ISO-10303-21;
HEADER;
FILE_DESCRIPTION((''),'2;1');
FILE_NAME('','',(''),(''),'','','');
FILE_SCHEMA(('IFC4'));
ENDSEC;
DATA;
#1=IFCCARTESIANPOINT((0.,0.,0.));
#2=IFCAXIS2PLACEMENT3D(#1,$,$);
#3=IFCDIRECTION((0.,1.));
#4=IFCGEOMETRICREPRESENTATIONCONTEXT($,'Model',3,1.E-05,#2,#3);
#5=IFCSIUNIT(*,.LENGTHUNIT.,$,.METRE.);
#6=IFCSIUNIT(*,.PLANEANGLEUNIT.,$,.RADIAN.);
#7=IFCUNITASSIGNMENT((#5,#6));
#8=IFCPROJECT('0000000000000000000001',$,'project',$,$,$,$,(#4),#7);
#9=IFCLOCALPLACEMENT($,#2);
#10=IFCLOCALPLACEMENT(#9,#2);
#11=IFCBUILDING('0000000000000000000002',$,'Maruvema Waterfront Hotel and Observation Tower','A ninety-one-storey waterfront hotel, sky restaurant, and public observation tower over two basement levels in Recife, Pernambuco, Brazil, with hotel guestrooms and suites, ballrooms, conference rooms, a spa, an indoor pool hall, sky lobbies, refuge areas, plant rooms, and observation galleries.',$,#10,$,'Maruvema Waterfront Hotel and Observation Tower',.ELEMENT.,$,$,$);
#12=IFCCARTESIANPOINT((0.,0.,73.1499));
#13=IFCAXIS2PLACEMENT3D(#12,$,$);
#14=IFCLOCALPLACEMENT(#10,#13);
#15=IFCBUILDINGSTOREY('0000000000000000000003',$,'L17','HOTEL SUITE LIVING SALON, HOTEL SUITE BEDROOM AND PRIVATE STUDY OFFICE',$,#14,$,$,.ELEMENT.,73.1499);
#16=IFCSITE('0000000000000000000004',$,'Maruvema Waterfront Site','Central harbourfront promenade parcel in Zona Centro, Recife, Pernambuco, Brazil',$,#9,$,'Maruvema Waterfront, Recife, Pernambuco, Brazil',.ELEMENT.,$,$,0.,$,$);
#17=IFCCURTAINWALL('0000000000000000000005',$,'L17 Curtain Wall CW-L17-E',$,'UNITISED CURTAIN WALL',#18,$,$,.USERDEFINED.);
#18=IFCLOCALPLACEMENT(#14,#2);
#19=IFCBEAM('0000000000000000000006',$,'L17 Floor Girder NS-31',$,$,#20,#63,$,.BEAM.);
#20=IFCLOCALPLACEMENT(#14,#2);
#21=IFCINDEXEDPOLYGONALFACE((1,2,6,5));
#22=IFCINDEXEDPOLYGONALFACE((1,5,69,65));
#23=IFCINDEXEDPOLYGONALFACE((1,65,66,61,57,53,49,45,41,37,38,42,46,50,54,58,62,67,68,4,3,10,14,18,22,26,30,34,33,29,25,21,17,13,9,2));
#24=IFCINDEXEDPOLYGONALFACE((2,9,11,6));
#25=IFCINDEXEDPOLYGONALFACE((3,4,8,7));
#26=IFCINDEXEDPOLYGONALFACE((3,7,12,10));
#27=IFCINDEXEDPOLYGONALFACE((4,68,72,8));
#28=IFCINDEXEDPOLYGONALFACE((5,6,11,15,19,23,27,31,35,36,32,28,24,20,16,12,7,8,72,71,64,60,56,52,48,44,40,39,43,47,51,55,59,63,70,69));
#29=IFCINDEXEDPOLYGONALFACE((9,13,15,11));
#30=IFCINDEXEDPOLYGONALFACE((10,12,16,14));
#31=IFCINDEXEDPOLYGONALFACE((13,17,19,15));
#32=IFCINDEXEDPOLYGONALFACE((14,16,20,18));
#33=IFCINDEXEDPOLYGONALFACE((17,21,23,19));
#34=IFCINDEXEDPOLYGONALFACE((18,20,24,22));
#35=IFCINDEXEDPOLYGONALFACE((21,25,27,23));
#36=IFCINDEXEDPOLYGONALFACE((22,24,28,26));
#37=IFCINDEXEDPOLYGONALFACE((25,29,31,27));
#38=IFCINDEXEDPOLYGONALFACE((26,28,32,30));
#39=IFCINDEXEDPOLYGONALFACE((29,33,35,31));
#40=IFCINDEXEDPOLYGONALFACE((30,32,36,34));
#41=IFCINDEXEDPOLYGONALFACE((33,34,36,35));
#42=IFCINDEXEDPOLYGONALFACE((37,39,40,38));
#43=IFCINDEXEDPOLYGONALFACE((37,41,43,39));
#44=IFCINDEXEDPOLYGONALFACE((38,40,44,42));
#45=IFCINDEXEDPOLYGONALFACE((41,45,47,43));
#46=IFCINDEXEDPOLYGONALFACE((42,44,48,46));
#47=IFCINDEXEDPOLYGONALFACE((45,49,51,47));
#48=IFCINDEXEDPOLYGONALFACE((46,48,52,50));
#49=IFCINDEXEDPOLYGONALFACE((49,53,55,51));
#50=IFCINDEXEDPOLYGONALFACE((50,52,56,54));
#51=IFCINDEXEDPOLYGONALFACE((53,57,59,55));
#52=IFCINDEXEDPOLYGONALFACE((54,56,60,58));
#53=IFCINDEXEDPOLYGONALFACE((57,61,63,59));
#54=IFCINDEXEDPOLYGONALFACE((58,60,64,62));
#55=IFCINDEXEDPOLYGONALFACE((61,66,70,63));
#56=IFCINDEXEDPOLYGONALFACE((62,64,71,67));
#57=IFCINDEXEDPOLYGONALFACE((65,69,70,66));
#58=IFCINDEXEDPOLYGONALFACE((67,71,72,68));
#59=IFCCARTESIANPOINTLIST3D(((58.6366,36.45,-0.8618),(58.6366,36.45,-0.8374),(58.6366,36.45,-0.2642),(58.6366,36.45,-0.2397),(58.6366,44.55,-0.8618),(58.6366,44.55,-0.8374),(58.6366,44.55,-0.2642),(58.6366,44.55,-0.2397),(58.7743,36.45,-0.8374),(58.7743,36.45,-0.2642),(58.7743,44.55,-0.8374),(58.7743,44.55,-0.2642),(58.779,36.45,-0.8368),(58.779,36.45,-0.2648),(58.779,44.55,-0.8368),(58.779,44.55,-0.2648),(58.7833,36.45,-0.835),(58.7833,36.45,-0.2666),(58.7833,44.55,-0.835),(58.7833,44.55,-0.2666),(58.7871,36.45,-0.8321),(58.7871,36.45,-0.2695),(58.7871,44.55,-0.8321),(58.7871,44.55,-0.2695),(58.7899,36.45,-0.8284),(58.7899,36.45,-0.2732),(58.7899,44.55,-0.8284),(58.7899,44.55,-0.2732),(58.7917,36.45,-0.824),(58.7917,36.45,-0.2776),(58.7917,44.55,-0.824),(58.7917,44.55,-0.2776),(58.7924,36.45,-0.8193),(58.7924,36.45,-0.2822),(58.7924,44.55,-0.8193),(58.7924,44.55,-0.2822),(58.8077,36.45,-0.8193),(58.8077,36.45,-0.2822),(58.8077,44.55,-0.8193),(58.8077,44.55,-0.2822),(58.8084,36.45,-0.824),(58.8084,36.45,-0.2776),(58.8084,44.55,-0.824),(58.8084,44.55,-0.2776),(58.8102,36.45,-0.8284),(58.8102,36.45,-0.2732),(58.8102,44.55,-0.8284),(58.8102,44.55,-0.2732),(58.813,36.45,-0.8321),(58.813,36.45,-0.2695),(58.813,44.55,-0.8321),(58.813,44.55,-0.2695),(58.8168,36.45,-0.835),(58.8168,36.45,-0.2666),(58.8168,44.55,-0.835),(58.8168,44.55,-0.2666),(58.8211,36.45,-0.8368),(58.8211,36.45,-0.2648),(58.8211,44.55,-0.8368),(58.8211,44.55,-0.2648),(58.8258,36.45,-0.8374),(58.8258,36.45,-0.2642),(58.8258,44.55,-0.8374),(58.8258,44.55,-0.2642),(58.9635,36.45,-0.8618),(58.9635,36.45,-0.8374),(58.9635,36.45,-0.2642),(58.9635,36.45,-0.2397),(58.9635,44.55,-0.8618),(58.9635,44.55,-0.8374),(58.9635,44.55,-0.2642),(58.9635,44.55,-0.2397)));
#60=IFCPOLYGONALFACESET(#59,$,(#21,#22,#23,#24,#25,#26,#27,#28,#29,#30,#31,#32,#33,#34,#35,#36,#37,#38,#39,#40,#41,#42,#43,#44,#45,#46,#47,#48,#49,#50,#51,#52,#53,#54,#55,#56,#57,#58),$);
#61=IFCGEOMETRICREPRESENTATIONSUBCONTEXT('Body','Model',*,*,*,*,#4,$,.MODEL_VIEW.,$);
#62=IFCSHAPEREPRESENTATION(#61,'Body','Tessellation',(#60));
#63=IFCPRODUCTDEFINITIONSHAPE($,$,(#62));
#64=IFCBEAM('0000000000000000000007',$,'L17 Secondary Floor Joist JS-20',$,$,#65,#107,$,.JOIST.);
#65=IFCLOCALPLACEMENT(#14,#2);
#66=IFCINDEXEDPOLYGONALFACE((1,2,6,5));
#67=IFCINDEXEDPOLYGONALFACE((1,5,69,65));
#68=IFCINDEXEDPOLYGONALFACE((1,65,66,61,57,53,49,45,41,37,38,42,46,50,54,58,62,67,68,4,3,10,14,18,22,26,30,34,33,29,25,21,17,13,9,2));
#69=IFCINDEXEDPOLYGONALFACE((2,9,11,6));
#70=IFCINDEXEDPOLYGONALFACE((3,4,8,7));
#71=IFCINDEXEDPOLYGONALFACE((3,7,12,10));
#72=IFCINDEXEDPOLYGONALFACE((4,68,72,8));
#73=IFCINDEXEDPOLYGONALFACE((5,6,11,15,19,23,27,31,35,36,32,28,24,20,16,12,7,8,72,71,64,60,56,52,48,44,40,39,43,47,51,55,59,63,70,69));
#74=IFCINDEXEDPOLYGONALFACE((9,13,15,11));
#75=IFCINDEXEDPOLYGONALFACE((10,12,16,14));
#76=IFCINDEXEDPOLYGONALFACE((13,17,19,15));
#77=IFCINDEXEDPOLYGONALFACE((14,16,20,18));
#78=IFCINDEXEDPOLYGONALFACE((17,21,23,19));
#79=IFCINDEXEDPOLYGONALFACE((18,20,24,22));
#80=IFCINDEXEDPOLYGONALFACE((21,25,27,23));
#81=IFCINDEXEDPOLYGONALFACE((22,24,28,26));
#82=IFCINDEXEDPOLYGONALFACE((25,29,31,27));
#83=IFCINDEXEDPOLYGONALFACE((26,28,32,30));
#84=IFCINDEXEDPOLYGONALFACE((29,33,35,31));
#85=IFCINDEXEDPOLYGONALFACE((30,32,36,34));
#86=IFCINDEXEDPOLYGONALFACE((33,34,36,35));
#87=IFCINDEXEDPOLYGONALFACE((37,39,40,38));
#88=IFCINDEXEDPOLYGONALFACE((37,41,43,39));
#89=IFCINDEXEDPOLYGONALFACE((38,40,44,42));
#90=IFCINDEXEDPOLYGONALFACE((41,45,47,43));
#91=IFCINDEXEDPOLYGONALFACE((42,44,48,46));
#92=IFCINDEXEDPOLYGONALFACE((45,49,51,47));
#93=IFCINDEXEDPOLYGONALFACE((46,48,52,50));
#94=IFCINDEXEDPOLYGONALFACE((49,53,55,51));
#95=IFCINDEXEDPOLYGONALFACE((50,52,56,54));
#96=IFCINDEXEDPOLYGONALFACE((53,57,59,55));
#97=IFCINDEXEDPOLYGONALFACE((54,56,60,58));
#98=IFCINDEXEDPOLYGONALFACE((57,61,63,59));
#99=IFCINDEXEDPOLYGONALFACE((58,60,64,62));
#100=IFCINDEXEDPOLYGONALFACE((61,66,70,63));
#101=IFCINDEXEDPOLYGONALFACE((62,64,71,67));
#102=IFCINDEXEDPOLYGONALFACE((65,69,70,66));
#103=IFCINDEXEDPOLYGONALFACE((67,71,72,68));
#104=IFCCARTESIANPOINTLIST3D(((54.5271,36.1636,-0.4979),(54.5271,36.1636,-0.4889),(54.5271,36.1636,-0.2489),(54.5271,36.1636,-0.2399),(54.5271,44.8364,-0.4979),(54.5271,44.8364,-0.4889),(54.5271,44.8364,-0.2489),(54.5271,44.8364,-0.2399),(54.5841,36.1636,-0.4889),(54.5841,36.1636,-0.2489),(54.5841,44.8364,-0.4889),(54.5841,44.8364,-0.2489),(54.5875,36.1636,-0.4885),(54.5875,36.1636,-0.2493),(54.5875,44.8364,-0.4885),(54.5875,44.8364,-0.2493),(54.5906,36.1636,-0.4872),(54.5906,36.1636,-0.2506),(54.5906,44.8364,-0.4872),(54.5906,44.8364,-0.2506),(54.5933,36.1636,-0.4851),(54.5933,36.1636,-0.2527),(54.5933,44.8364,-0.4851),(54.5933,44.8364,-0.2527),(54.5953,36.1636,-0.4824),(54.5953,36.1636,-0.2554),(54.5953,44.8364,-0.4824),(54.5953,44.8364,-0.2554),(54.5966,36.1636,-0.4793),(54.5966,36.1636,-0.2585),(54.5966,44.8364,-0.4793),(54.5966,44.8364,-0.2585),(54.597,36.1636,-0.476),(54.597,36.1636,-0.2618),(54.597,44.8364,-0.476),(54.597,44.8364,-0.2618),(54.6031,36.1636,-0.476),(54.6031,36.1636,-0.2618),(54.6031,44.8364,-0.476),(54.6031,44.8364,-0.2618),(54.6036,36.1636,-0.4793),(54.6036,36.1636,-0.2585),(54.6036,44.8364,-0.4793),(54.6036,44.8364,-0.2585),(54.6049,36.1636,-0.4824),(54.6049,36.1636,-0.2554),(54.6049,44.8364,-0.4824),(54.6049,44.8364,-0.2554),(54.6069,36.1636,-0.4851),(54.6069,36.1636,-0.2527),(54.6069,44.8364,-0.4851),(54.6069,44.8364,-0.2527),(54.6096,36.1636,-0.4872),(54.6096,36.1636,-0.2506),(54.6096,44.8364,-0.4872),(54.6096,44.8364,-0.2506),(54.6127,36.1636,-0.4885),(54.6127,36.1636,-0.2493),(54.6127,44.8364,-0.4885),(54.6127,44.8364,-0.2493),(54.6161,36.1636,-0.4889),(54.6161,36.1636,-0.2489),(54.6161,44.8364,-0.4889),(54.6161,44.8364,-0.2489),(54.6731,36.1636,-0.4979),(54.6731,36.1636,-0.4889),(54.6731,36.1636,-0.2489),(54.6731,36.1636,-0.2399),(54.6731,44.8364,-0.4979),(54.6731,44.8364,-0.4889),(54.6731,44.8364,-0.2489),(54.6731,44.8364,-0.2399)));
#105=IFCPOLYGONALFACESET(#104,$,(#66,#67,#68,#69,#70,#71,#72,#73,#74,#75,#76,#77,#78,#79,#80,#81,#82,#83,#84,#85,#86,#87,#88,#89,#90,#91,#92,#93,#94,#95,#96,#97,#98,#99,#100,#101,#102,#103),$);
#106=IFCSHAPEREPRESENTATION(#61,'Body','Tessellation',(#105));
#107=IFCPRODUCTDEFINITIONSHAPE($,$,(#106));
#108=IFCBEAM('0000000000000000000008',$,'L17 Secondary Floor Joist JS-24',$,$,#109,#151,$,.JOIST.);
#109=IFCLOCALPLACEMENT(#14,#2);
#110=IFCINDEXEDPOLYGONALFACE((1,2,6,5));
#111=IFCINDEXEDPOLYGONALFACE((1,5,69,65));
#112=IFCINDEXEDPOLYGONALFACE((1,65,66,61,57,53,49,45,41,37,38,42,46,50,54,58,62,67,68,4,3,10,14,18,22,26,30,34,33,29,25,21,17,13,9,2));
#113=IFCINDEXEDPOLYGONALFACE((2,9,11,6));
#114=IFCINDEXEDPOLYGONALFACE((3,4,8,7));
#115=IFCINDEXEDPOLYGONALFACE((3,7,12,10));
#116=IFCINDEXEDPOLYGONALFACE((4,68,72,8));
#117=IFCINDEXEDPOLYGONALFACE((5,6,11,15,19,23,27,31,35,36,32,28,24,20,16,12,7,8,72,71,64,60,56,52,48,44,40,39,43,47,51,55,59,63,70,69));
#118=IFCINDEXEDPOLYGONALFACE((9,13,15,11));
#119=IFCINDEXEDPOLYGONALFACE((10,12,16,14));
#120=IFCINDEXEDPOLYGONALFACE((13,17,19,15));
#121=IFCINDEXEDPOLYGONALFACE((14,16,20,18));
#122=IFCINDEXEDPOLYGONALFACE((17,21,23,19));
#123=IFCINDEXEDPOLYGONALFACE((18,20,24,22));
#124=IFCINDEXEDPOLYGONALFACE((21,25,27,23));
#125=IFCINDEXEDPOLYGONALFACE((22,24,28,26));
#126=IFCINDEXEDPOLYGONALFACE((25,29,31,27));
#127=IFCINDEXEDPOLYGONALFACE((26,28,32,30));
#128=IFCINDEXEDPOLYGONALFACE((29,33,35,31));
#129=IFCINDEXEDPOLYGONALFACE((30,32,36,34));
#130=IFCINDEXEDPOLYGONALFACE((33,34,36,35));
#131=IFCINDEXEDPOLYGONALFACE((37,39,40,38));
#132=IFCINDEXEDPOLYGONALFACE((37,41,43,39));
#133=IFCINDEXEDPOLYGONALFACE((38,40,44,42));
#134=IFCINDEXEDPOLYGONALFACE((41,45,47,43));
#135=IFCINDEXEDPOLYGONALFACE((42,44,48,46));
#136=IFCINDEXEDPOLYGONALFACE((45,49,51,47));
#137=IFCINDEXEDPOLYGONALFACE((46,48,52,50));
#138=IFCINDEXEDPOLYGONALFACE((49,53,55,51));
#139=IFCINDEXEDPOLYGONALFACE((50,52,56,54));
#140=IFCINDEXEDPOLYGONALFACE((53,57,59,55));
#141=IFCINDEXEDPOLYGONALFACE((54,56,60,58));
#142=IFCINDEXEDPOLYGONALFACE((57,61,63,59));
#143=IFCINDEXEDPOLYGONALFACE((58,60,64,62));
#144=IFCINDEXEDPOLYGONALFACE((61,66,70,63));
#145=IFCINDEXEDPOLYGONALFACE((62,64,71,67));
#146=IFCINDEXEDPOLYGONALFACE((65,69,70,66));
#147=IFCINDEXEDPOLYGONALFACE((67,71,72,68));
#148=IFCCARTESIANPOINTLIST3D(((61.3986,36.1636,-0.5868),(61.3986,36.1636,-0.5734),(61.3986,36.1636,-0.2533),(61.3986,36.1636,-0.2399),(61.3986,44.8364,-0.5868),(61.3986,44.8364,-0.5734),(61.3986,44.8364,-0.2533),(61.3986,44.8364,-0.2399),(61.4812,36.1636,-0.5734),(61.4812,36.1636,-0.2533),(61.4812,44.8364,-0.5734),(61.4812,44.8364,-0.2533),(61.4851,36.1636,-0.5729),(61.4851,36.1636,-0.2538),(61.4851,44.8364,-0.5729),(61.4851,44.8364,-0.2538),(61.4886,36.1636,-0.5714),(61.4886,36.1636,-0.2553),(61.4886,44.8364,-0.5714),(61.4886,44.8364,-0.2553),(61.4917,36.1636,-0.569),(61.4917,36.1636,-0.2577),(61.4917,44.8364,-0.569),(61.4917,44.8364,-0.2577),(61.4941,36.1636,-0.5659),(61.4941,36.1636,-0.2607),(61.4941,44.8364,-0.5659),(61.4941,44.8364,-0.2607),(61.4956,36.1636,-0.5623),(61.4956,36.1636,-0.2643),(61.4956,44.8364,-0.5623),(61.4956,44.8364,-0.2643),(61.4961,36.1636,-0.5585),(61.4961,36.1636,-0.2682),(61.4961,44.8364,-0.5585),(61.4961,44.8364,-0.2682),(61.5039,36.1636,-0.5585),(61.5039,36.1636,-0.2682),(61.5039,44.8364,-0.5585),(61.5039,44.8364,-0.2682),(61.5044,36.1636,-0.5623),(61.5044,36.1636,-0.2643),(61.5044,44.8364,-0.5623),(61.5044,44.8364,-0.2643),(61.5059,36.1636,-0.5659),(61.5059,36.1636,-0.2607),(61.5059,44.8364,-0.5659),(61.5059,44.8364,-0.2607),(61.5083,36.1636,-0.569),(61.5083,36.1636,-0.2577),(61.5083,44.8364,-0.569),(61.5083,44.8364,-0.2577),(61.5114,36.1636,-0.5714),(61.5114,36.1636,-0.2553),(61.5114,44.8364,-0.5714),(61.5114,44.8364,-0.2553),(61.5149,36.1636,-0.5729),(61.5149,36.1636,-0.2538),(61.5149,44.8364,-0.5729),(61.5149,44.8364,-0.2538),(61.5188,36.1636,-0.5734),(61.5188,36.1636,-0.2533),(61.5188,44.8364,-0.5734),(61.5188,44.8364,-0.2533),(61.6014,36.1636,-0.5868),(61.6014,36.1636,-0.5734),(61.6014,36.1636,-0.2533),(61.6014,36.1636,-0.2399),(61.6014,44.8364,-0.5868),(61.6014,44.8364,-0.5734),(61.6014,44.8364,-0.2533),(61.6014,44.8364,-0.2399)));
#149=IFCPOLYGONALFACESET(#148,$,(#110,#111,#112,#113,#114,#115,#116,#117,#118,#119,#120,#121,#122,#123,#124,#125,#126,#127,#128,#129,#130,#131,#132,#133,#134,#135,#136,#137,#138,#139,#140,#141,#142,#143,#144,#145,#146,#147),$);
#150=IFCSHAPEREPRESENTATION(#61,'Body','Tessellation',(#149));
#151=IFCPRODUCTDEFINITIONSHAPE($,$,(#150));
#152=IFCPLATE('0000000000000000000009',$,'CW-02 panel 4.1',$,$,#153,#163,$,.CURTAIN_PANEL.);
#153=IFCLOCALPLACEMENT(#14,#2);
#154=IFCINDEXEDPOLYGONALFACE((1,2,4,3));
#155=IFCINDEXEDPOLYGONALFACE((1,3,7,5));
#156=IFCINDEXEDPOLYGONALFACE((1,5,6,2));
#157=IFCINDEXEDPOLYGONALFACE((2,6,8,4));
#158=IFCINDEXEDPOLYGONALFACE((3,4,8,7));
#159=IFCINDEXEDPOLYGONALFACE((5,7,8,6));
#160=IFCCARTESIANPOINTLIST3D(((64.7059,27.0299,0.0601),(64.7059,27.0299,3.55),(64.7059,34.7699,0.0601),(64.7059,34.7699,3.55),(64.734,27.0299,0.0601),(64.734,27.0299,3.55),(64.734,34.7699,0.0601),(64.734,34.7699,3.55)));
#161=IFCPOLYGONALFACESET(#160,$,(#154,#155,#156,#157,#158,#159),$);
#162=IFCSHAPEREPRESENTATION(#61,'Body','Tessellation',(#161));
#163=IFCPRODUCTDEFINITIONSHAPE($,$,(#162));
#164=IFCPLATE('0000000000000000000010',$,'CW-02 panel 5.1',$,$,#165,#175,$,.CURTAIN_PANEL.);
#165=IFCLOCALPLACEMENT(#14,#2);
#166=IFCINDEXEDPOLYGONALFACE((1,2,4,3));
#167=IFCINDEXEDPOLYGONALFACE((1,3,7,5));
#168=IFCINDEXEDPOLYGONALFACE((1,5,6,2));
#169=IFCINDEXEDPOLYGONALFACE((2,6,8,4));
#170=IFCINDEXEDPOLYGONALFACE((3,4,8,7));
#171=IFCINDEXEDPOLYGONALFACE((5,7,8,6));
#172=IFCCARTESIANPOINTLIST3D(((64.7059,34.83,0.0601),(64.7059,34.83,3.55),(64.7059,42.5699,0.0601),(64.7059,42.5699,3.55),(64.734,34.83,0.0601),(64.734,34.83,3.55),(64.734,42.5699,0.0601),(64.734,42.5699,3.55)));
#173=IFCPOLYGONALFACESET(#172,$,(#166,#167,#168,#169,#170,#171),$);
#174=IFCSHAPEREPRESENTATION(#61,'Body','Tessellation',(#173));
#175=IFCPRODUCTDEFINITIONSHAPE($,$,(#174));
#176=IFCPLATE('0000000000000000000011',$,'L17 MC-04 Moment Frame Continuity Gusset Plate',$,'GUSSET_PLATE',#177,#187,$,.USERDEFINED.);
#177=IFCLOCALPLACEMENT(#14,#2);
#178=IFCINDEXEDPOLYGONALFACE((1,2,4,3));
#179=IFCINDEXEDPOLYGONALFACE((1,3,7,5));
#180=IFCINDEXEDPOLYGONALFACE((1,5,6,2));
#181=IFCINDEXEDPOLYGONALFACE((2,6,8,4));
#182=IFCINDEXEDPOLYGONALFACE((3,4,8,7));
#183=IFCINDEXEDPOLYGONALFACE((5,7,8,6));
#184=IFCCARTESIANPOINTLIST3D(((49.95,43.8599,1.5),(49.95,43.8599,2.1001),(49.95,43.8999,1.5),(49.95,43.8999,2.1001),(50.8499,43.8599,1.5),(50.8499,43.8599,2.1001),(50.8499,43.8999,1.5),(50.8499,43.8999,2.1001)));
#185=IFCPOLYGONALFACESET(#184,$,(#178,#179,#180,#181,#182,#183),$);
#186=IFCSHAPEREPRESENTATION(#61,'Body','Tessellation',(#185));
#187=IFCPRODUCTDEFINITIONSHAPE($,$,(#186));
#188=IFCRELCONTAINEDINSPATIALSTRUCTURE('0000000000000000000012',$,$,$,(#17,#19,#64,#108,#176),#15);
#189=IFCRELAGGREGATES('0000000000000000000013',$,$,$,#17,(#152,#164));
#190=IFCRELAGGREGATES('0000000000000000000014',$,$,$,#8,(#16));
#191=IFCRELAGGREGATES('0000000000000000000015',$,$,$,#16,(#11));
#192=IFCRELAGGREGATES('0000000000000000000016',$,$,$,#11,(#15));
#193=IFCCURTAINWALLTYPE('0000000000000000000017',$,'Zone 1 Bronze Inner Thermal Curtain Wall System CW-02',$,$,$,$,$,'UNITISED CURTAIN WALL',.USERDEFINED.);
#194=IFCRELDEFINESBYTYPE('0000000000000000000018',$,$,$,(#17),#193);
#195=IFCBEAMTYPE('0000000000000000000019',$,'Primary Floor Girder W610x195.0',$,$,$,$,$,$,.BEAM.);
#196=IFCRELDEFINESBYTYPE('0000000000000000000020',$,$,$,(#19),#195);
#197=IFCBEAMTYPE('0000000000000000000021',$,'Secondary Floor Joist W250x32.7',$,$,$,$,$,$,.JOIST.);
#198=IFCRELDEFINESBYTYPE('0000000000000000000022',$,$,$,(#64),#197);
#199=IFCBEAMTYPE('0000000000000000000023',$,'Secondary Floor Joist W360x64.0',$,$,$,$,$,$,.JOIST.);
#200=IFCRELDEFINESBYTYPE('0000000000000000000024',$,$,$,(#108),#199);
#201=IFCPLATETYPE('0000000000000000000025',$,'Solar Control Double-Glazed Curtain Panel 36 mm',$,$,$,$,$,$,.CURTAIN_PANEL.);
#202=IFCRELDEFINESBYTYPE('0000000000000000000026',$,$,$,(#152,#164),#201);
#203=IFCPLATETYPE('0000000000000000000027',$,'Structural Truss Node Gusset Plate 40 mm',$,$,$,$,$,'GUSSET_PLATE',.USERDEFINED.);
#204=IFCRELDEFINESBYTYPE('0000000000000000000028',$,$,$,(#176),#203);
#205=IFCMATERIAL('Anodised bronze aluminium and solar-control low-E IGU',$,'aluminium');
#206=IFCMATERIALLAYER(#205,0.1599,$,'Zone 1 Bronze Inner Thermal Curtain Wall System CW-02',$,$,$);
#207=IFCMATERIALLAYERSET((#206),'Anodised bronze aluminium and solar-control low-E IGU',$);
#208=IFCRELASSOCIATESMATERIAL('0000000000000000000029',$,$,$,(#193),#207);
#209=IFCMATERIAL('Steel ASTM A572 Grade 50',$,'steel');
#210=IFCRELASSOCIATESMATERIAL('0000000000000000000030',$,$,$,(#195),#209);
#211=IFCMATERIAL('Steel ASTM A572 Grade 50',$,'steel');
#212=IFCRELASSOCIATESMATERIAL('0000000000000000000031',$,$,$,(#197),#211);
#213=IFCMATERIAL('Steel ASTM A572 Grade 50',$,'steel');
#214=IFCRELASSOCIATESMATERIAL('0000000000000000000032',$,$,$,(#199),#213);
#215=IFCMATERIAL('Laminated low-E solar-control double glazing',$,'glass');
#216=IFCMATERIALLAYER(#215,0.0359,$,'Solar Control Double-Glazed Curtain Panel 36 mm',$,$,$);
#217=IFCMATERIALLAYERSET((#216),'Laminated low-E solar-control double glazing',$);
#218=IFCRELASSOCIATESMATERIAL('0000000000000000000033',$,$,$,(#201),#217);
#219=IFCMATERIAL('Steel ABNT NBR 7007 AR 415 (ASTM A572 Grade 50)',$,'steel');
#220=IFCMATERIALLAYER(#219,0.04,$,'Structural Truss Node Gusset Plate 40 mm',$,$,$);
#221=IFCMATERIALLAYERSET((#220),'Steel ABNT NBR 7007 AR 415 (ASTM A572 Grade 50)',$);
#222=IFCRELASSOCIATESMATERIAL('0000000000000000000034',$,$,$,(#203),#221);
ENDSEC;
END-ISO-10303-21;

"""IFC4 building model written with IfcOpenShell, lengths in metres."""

from ifc_helpers import new_model, si_unit, direction, frame, origin, origin_2d, place, context, subcontext, project, spatial, rectangle, i_section, extrude, material, layer, layer_set, material_profile, profile_set, type_object, element, aggregate, save


model = new_model("IFC4")

# Units and contexts
model_context = context("Model", 3, precision=1e-05, world=origin(), true_north=direction((0.0, 1.0)))
body_context = subcontext(model_context, "Body", "Model", "MODEL_VIEW")
ifc_project = project(units=[si_unit("LENGTHUNIT", "METRE"), si_unit("PLANEANGLEUNIT", "RADIAN")], contexts=[model_context])

# Site, building, storey
site_placement = place(None, origin())
site = spatial("IfcSite", under=ifc_project, at=site_placement, Name="Maruvema Waterfront Site", Description="Central harbourfront promenade parcel in Zona Centro, Recife, Pernambuco, Brazil", LongName="Maruvema Waterfront, Recife, Pernambuco, Brazil", CompositionType="ELEMENT", RefElevation=0.0)
building_placement = place(site_placement, origin())
building = spatial("IfcBuilding", under=site, at=building_placement, Name="Maruvema Waterfront Hotel and Observation Tower", Description="A ninety-one-storey waterfront hotel, sky restaurant, and public observation tower over two basement levels in Recife, Pernambuco, Brazil, with hotel guestrooms and suites, ballrooms, conference rooms, a spa, an indoor pool hall, sky lobbies, refuge areas, plant rooms, and observation galleries.", LongName="Maruvema Waterfront Hotel and Observation Tower", CompositionType="ELEMENT")
storey_placement = place(building_placement, frame((0.0, 0.0, 73.1499)))
storey = spatial("IfcBuildingStorey", under=building, at=storey_placement, Name="L17", Description="HOTEL SUITE LIVING SALON, HOTEL SUITE BEDROOM AND PRIVATE STUDY OFFICE", CompositionType="ELEMENT", Elevation=73.1499)

# Curtain wall
ifc_material_1 = material(Name="Anodised bronze aluminium and solar-control low-E IGU", Category="aluminium")
ifc_layer_1 = layer(ifc_material_1, 0.1599, Name="Zone 1 Bronze Inner Thermal Curtain Wall System CW-02")
ifc_layer_set_1 = layer_set([ifc_layer_1], Name="Anodised bronze aluminium and solar-control low-E IGU")
curtain_wall_type = type_object("IfcCurtainWallType", Name="Zone 1 Bronze Inner Thermal Curtain Wall System CW-02", ElementType="UNITISED CURTAIN WALL", PredefinedType="USERDEFINED", material=ifc_layer_set_1)
curtain_wall_placement = place(storey_placement, origin())
curtain_wall = element("IfcCurtainWall", 1, at=curtain_wall_placement, inside=storey, type_object=curtain_wall_type, Name="L17 Curtain Wall CW-L17-E", ObjectType="UNITISED CURTAIN WALL", PredefinedType="USERDEFINED")

# Beams
ifc_material_2 = material(Name="Steel ASTM A572 Grade 50", Category="steel")
ifc_material_profile_1 = material_profile(ifc_material_2, i_section(OverallWidth=0.3269, OverallDepth=0.6221, WebThickness=0.0154, FlangeThickness=0.0244, FilletRadius=0.0181, at=origin_2d()), Name="W610x195.0")
ifc_profile_set_1 = profile_set([ifc_material_profile_1], Name="Steel ASTM A572 Grade 50")
beam_type_1 = type_object("IfcBeamType", Name="Primary Floor Girder W610x195.0", PredefinedType="BEAM", material=ifc_profile_set_1)
beam_1_placement = place(storey_placement, frame((58.8, 36.45, -0.5508), z_axis=(0.0, 1.0, 0.0), x_axis=(-1.0, 0.0, 0.0)))
element("IfcBeam", 2, at=beam_1_placement, inside=storey, type_object=beam_type_1, Name="L17 Floor Girder NS-31", PredefinedType="BEAM", context=body_context, shape_type="SweptSolid", body=[
    extrude(i_section(OverallWidth=0.3269, OverallDepth=0.6221, WebThickness=0.0154, FlangeThickness=0.0244, FilletRadius=0.0181, at=origin_2d()), origin(), (0.0, 0.0, 1.0), 8.1001),
])
ifc_material_3 = material(Name="Steel ASTM A572 Grade 50", Category="steel")
ifc_material_profile_2 = material_profile(ifc_material_3, i_section(OverallWidth=0.146, OverallDepth=0.2581, WebThickness=0.0061, FlangeThickness=0.009, FilletRadius=0.0129, at=origin_2d()), Name="W250x32.7")
ifc_profile_set_2 = profile_set([ifc_material_profile_2], Name="Steel ASTM A572 Grade 50")
beam_type_2 = type_object("IfcBeamType", Name="Secondary Floor Joist W250x32.7", PredefinedType="JOIST", material=ifc_profile_set_2)
beam_2_placement = place(storey_placement, frame((54.6001, 36.1636, -0.3689), z_axis=(0.0, 1.0, 0.0), x_axis=(-1.0, 0.0, 0.0)))
element("IfcBeam", 3, at=beam_2_placement, inside=storey, type_object=beam_type_2, Name="L17 Secondary Floor Joist JS-20", PredefinedType="JOIST", context=body_context, shape_type="SweptSolid", body=[
    extrude(i_section(OverallWidth=0.146, OverallDepth=0.2581, WebThickness=0.0061, FlangeThickness=0.009, FilletRadius=0.0129, at=origin_2d()), origin(), (0.0, 0.0, 1.0), 8.6729),
])
ifc_material_4 = material(Name="Steel ASTM A572 Grade 50", Category="steel")
ifc_material_profile_3 = material_profile(ifc_material_4, i_section(OverallWidth=0.2029, OverallDepth=0.3469, WebThickness=0.0078, FlangeThickness=0.0134, FilletRadius=0.0149, at=origin_2d()), Name="W360x64.0")
ifc_profile_set_3 = profile_set([ifc_material_profile_3], Name="Steel ASTM A572 Grade 50")
beam_type_3 = type_object("IfcBeamType", Name="Secondary Floor Joist W360x64.0", PredefinedType="JOIST", material=ifc_profile_set_3)
beam_3_placement = place(storey_placement, frame((61.5, 36.1636, -0.4133), z_axis=(0.0, 1.0, 0.0), x_axis=(-1.0, 0.0, 0.0)))
element("IfcBeam", 4, at=beam_3_placement, inside=storey, type_object=beam_type_3, Name="L17 Secondary Floor Joist JS-24", PredefinedType="JOIST", context=body_context, shape_type="SweptSolid", body=[
    extrude(i_section(OverallWidth=0.2029, OverallDepth=0.3469, WebThickness=0.0078, FlangeThickness=0.0134, FilletRadius=0.0149, at=origin_2d()), origin(), (0.0, 0.0, 1.0), 8.6729),
])

# Plates
ifc_material_5 = material(Name="Laminated low-E solar-control double glazing", Category="glass")
ifc_layer_2 = layer(ifc_material_5, 0.0359, Name="Solar Control Double-Glazed Curtain Panel 36 mm")
ifc_layer_set_2 = layer_set([ifc_layer_2], Name="Laminated low-E solar-control double glazing")
plate_type_1 = type_object("IfcPlateType", Name="Solar Control Double-Glazed Curtain Panel 36 mm", PredefinedType="CURTAIN_PANEL", material=ifc_layer_set_2)
plate_1_placement = place(storey_placement, frame((64.72, 30.8999, 0.0601), z_axis=(0.0, 0.0, 1.0), x_axis=(0.0, 1.0, 0.0)))
plate_1 = element("IfcPlate", 5, at=plate_1_placement, type_object=plate_type_1, Name="CW-02 panel 4.1", PredefinedType="CURTAIN_PANEL", context=body_context, shape_type="SweptSolid", body=[
    extrude(rectangle(XDim=7.74, YDim=0.0281, at=origin_2d()), origin(), (0.0, 0.0, 1.0), 3.49),
])
plate_2_placement = place(storey_placement, frame((64.72, 38.7, 0.0601), z_axis=(0.0, 0.0, 1.0), x_axis=(0.0, 1.0, 0.0)))
plate_2 = element("IfcPlate", 6, at=plate_2_placement, type_object=plate_type_1, Name="CW-02 panel 5.1", PredefinedType="CURTAIN_PANEL", context=body_context, shape_type="SweptSolid", body=[
    extrude(rectangle(XDim=7.74, YDim=0.0281, at=origin_2d()), origin(), (0.0, 0.0, 1.0), 3.49),
])
aggregate(curtain_wall, [plate_1, plate_2])
ifc_material_6 = material(Name="Steel ABNT NBR 7007 AR 415 (ASTM A572 Grade 50)", Category="steel")
ifc_layer_3 = layer(ifc_material_6, 0.04, Name="Structural Truss Node Gusset Plate 40 mm")
ifc_layer_set_3 = layer_set([ifc_layer_3], Name="Steel ABNT NBR 7007 AR 415 (ASTM A572 Grade 50)")
plate_type_2 = type_object("IfcPlateType", Name="Structural Truss Node Gusset Plate 40 mm", ElementType="GUSSET_PLATE", PredefinedType="USERDEFINED", material=ifc_layer_set_3)
plate_3_placement = place(storey_placement, frame((50.3999, 43.8799, 1.5), z_axis=(0.0, 0.0, 1.0), x_axis=(1.0, 0.0, 0.0)))
element("IfcPlate", 7, at=plate_3_placement, inside=storey, type_object=plate_type_2, Name="L17 MC-04 Moment Frame Continuity Gusset Plate", ObjectType="GUSSET_PLATE", PredefinedType="USERDEFINED", context=body_context, shape_type="SweptSolid", body=[
    extrude(rectangle(XDim=0.8999, YDim=0.04, at=origin_2d()), origin(), (0.0, 0.0, 1.0), 0.6001),
])

save(model, "model.ifc")
